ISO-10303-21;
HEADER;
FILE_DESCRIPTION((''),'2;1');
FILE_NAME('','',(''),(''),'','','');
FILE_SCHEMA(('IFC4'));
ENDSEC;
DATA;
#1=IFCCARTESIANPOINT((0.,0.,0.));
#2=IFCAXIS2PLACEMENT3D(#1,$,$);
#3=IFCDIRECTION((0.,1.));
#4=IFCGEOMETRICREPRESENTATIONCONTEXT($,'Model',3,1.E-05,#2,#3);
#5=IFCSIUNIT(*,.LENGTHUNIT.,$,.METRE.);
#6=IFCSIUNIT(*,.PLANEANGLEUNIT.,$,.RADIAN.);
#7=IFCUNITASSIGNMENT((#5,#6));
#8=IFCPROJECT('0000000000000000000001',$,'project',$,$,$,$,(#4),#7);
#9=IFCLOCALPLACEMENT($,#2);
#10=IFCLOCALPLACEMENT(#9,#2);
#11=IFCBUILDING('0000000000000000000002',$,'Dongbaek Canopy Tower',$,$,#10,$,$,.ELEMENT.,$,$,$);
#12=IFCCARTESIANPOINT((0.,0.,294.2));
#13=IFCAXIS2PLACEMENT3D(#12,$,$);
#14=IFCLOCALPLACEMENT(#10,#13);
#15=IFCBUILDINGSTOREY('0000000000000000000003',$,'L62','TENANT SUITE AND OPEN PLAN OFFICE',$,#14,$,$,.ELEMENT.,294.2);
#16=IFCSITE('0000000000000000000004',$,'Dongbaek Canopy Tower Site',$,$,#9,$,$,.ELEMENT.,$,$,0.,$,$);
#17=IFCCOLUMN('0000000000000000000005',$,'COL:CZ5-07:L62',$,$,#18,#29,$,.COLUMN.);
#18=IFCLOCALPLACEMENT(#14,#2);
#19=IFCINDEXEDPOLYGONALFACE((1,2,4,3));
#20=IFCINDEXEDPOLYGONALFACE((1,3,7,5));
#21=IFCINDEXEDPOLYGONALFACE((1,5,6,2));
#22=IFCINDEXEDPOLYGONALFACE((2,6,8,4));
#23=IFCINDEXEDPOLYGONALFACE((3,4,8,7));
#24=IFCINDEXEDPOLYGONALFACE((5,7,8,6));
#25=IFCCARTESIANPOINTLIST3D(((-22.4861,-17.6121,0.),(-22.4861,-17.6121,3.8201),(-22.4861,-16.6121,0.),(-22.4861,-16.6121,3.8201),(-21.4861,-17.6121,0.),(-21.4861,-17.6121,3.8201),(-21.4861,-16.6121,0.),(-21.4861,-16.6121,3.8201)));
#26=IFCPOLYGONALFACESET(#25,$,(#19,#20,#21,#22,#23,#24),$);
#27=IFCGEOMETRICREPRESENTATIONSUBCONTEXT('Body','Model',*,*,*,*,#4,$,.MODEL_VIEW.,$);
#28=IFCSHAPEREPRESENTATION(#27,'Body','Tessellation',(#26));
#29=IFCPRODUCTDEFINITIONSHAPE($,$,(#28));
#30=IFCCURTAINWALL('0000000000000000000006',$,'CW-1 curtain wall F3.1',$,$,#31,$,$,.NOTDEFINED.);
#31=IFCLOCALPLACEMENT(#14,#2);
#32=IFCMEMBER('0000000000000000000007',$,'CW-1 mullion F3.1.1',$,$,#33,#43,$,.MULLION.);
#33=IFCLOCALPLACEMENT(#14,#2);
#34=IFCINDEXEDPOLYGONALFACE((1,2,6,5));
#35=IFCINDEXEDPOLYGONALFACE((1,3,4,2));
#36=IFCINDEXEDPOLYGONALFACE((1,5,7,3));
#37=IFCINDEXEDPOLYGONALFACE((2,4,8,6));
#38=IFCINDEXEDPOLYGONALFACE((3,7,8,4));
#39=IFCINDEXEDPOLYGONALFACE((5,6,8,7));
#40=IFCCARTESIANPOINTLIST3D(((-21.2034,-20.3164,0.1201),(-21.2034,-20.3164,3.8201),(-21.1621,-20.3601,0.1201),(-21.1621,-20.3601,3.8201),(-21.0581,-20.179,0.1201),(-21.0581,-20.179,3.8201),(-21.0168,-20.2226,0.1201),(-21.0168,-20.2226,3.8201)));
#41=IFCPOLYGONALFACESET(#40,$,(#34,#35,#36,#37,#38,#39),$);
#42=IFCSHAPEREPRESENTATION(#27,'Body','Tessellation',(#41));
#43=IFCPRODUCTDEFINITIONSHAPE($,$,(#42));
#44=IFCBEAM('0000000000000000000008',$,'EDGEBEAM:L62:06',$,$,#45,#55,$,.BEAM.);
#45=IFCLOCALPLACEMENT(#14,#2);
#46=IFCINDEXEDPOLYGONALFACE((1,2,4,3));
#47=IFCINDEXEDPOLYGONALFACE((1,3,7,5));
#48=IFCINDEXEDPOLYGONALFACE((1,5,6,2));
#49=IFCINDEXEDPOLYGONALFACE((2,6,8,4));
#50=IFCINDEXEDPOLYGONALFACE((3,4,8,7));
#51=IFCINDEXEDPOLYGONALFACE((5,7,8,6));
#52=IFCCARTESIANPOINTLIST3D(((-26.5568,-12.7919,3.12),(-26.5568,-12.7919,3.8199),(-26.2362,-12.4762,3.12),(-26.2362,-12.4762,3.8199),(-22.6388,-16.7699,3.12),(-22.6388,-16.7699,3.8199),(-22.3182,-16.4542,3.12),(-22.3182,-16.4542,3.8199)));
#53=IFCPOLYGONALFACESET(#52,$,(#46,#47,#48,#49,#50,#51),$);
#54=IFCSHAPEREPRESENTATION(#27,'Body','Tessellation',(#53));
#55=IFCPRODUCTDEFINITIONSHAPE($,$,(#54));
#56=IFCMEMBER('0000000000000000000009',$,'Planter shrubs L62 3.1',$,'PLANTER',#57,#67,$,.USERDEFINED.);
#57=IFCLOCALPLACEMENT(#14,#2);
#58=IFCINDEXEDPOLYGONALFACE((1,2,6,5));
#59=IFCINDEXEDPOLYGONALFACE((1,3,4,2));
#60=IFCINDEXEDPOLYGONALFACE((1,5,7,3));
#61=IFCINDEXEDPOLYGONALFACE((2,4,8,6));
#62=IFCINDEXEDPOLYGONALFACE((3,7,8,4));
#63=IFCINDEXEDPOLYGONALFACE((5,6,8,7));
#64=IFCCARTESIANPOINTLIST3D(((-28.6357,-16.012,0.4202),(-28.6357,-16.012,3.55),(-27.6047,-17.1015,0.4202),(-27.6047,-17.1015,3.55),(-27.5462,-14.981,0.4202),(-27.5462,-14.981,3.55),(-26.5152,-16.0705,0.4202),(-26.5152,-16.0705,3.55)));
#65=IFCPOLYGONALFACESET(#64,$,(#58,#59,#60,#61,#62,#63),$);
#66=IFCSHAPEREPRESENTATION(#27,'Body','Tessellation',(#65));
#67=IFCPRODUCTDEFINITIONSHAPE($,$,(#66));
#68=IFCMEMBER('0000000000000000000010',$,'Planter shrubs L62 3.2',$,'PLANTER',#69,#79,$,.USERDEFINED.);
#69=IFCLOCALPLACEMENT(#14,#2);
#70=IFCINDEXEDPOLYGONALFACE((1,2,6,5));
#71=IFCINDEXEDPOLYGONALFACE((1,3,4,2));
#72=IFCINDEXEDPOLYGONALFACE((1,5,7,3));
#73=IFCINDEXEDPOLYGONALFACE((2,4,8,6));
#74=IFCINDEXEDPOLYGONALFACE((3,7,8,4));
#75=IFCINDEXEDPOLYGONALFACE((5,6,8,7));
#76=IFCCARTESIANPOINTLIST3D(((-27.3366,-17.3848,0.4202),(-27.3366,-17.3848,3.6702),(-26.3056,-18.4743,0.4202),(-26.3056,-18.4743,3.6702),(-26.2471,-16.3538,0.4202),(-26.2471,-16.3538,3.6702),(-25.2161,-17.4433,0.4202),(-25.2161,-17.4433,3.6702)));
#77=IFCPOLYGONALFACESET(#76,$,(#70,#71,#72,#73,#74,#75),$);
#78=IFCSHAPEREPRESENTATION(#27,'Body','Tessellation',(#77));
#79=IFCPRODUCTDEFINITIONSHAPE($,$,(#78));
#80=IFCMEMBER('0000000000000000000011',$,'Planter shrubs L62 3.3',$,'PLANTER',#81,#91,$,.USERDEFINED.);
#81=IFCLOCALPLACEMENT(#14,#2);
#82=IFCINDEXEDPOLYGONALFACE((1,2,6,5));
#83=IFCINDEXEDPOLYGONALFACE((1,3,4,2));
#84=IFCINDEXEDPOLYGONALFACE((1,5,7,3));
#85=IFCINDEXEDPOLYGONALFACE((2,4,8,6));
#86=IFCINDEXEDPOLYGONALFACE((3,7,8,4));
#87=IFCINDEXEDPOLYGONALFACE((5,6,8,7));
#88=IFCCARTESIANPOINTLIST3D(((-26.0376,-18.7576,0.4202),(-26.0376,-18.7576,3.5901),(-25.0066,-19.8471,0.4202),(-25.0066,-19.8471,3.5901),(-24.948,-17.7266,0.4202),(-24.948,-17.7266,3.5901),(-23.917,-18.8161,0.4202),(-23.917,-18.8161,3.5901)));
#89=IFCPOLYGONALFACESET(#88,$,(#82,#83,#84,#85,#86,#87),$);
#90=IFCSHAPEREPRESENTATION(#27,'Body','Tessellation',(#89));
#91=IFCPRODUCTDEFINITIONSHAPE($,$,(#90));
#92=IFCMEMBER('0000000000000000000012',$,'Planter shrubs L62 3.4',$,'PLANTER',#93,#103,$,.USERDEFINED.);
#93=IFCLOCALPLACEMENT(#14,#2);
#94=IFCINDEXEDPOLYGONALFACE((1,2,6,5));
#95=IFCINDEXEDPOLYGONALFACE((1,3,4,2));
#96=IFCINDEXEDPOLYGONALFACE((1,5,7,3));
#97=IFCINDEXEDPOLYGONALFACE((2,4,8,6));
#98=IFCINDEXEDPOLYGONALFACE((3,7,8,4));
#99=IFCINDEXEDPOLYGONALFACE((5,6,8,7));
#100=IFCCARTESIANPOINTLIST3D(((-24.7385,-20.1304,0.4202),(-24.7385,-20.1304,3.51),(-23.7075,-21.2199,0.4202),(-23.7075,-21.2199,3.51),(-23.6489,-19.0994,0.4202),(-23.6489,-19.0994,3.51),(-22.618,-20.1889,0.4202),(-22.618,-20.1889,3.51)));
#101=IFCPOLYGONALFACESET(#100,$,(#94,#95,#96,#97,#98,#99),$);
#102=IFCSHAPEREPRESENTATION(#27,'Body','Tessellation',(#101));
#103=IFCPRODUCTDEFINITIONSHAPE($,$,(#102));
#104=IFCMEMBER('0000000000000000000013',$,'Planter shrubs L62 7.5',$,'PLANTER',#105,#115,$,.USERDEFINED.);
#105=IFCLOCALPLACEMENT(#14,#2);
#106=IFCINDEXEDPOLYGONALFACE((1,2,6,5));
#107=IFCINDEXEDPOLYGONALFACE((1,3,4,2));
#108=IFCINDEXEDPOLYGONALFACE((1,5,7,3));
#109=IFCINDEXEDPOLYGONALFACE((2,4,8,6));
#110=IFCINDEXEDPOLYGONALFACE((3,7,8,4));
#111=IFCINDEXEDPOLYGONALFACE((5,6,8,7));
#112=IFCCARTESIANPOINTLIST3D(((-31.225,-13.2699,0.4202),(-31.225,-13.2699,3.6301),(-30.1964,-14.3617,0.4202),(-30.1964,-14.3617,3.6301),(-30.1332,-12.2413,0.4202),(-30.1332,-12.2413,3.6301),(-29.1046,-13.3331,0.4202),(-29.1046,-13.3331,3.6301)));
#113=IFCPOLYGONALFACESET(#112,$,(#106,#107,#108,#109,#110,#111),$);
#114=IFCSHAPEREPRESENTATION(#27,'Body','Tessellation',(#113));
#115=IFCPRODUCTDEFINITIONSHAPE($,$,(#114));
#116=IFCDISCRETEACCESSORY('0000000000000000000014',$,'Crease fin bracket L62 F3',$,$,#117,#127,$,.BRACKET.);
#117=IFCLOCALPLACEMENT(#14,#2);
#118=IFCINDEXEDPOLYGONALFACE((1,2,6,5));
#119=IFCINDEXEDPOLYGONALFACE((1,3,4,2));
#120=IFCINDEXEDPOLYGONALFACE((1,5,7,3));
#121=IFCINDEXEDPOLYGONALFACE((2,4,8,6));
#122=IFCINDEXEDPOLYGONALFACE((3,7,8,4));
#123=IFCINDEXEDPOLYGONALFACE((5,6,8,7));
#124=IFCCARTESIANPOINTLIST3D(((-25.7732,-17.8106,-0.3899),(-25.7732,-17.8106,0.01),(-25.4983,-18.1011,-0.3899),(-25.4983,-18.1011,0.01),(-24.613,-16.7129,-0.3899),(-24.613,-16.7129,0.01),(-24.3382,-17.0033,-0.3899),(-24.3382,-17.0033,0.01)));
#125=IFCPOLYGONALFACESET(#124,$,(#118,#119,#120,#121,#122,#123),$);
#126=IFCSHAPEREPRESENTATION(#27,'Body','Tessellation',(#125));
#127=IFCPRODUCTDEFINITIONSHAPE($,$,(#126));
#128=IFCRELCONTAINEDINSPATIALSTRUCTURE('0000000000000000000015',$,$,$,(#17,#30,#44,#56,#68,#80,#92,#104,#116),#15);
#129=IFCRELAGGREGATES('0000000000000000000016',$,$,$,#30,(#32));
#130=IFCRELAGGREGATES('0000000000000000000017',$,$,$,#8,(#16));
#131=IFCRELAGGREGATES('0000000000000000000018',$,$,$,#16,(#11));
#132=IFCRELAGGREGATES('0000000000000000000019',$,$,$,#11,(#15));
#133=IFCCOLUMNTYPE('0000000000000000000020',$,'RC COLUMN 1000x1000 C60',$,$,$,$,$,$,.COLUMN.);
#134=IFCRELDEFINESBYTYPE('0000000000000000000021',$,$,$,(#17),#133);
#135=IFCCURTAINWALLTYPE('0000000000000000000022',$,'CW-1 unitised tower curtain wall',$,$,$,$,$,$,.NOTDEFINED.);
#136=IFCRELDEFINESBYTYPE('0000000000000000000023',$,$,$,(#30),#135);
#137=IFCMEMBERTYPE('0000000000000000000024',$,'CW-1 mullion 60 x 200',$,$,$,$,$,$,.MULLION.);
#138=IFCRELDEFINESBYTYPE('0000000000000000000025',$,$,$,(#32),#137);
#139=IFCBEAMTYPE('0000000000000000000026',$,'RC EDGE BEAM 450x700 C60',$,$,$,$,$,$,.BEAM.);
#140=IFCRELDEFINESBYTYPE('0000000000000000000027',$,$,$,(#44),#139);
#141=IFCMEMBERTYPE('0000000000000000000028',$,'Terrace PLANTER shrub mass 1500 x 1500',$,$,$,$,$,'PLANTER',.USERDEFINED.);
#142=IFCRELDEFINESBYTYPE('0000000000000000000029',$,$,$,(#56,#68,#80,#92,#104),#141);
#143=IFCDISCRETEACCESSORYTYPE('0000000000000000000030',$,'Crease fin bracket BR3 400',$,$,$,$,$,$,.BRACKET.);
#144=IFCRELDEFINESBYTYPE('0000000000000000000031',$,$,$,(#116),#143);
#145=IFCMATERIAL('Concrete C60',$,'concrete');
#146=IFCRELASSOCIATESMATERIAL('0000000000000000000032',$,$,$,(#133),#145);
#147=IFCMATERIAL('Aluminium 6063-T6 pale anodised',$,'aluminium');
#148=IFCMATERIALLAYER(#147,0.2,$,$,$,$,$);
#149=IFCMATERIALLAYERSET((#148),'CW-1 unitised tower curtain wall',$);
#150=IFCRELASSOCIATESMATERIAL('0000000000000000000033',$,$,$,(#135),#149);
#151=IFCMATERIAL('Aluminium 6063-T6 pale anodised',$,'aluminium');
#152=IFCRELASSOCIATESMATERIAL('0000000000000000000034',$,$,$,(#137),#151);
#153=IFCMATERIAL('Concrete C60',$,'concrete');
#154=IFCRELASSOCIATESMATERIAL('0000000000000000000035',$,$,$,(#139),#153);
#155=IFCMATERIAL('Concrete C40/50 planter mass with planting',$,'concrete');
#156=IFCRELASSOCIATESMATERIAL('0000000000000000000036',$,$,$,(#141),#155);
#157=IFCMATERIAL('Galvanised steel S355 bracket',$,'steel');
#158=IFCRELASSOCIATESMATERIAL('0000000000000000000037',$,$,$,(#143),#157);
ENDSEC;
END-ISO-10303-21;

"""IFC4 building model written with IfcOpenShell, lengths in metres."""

from ifc_helpers import new_model, si_unit, direction, frame, origin, origin_2d, place, context, subcontext, project, spatial, rectangle, extrude, material, layer, layer_set, material_profile, profile_set, type_object, element, aggregate, save


model = new_model("IFC4")

# Units and contexts
model_context = context("Model", 3, precision=1e-05, world=origin(), true_north=direction((0.0, 1.0)))
body_context = subcontext(model_context, "Body", "Model", "MODEL_VIEW")
ifc_project = project(units=[si_unit("LENGTHUNIT", "METRE"), si_unit("PLANEANGLEUNIT", "RADIAN")], contexts=[model_context])

# Site, building, storey
site_placement = place(None, origin())
site = spatial("IfcSite", under=ifc_project, at=site_placement, Name="Dongbaek Canopy Tower Site", CompositionType="ELEMENT", RefElevation=0.0)
building_placement = place(site_placement, origin())
building = spatial("IfcBuilding", under=site, at=building_placement, Name="Dongbaek Canopy Tower", CompositionType="ELEMENT")
storey_placement = place(building_placement, frame((0.0, 0.0, 294.2)))
storey = spatial("IfcBuildingStorey", under=building, at=storey_placement, Name="L62", Description="TENANT SUITE AND OPEN PLAN OFFICE", CompositionType="ELEMENT", Elevation=294.2)

# Column
ifc_material_1 = material(Name="Concrete C60", Category="concrete")
ifc_material_profile_1 = material_profile(ifc_material_1, rectangle(XDim=1.0, YDim=1.0, at=origin_2d()), Name="RC COLUMN 1000x1000 C60")
ifc_profile_set_1 = profile_set([ifc_material_profile_1], Name="Concrete C60")
column_type = type_object("IfcColumnType", Name="RC COLUMN 1000x1000 C60", PredefinedType="COLUMN", material=ifc_profile_set_1)
column_placement = place(storey_placement, frame((-21.9861, -17.1121, 0.0), z_axis=(0.0, 0.0, 1.0), x_axis=(1.0, 0.0, 0.0)))
element("IfcColumn", 1, at=column_placement, inside=storey, type_object=column_type, Name="COL:CZ5-07:L62", PredefinedType="COLUMN", context=body_context, shape_type="SweptSolid", body=[
    extrude(rectangle(XDim=1.0, YDim=1.0, at=origin_2d()), origin(), (0.0, 0.0, 1.0), 3.8201),
])

# Curtain wall, member
ifc_material_2 = material(Name="Aluminium 6063-T6 pale anodised", Category="aluminium")
ifc_layer_1 = layer(ifc_material_2, 0.2)
ifc_layer_set_1 = layer_set([ifc_layer_1], Name="CW-1 unitised tower curtain wall")
curtain_wall_type = type_object("IfcCurtainWallType", Name="CW-1 unitised tower curtain wall", PredefinedType="NOTDEFINED", material=ifc_layer_set_1)
curtain_wall_placement = place(storey_placement, origin())
curtain_wall = element("IfcCurtainWall", 2, at=curtain_wall_placement, inside=storey, type_object=curtain_wall_type, Name="CW-1 curtain wall F3.1", PredefinedType="NOTDEFINED")
ifc_material_3 = material(Name="Aluminium 6063-T6 pale anodised", Category="aluminium")
ifc_material_profile_2 = material_profile(ifc_material_3, rectangle(XDim=0.2, YDim=0.0601, at=origin_2d()), Name="CW-1 mullion 60 x 200")
ifc_profile_set_2 = profile_set([ifc_material_profile_2], Name="Aluminium 6063-T6 pale anodised")
member_type_1 = type_object("IfcMemberType", Name="CW-1 mullion 60 x 200", PredefinedType="MULLION", material=ifc_profile_set_2)
member_1_placement = place(storey_placement, frame((-21.1101, -20.2695, 0.1201), z_axis=(0.0, 0.0, 1.0), x_axis=(-0.726355, -0.68732, 0.0)))
member_1 = element("IfcMember", 3, at=member_1_placement, type_object=member_type_1, Name="CW-1 mullion F3.1.1", PredefinedType="MULLION", context=body_context, shape_type="SweptSolid", body=[
    extrude(rectangle(XDim=0.2, YDim=0.0601, at=origin_2d()), origin(), (0.0, 0.0, 1.0), 3.7),
])
aggregate(curtain_wall, [member_1])

# Beam
ifc_material_4 = material(Name="Concrete C60", Category="concrete")
ifc_material_profile_3 = material_profile(ifc_material_4, rectangle(XDim=0.45, YDim=0.7, at=origin_2d()), Name="RC EDGE BEAM 450x700 C60")
ifc_profile_set_3 = profile_set([ifc_material_profile_3], Name="Concrete C60")
beam_type = type_object("IfcBeamType", Name="RC EDGE BEAM 450x700 C60", PredefinedType="BEAM", material=ifc_profile_set_3)
beam_placement = place(storey_placement, frame((-22.4785, -16.6121, 3.47), z_axis=(-0.701708, 0.712465, 0.0), x_axis=(-0.712465, -0.701708, 0.0)))
element("IfcBeam", 4, at=beam_placement, inside=storey, type_object=beam_type, Name="EDGEBEAM:L62:06", PredefinedType="BEAM", context=body_context, shape_type="SweptSolid", body=[
    extrude(rectangle(XDim=0.45, YDim=0.7, at=origin_2d()), origin(), (0.0, 0.0, 1.0), 5.5835),
])

# Members
ifc_material_5 = material(Name="Concrete C40/50 planter mass with planting", Category="concrete")
ifc_material_profile_4 = material_profile(ifc_material_5, rectangle(XDim=1.5, YDim=1.5, at=origin_2d()), Name="Terrace PLANTER shrub mass 1500 x 1500")
ifc_profile_set_4 = profile_set([ifc_material_profile_4], Name="Concrete C40/50 planter mass with planting")
member_type_2 = type_object("IfcMemberType", Name="Terrace PLANTER shrub mass 1500 x 1500", ElementType="PLANTER", PredefinedType="USERDEFINED", material=ifc_profile_set_4)
member_2_placement = place(storey_placement, frame((-27.5754, -16.0413, 0.4202), z_axis=(0.0, 0.0, 1.0), x_axis=(-0.726355, -0.68732, 0.0)))
element("IfcMember", 5, at=member_2_placement, inside=storey, type_object=member_type_2, Name="Planter shrubs L62 3.1", ObjectType="PLANTER", PredefinedType="USERDEFINED", context=body_context, shape_type="SweptSolid", body=[
    extrude(rectangle(XDim=1.5, YDim=1.5, at=origin_2d()), origin(), (0.0, 0.0, 1.0), 3.1299),
])
member_3_placement = place(storey_placement, frame((-26.2764, -17.4141, 0.4202), z_axis=(0.0, 0.0, 1.0), x_axis=(-0.726355, -0.68732, 0.0)))
element("IfcMember", 6, at=member_3_placement, inside=storey, type_object=member_type_2, Name="Planter shrubs L62 3.2", ObjectType="PLANTER", PredefinedType="USERDEFINED", context=body_context, shape_type="SweptSolid", body=[
    extrude(rectangle(XDim=1.5, YDim=1.5, at=origin_2d()), origin(), (0.0, 0.0, 1.0), 3.25),
])
member_4_placement = place(storey_placement, frame((-24.9773, -18.7869, 0.4202), z_axis=(0.0, 0.0, 1.0), x_axis=(-0.726355, -0.68732, 0.0)))
element("IfcMember", 7, at=member_4_placement, inside=storey, type_object=member_type_2, Name="Planter shrubs L62 3.3", ObjectType="PLANTER", PredefinedType="USERDEFINED", context=body_context, shape_type="SweptSolid", body=[
    extrude(rectangle(XDim=1.5, YDim=1.5, at=origin_2d()), origin(), (0.0, 0.0, 1.0), 3.1699),
])
member_5_placement = place(storey_placement, frame((-23.6782, -20.1597, 0.4202), z_axis=(0.0, 0.0, 1.0), x_axis=(-0.726355, -0.68732, 0.0)))
element("IfcMember", 8, at=member_5_placement, inside=storey, type_object=member_type_2, Name="Planter shrubs L62 3.4", ObjectType="PLANTER", PredefinedType="USERDEFINED", context=body_context, shape_type="SweptSolid", body=[
    extrude(rectangle(XDim=1.5, YDim=1.5, at=origin_2d()), origin(), (0.0, 0.0, 1.0), 3.0898),
])
member_6_placement = place(storey_placement, frame((-30.1648, -13.3015, 0.4202), z_axis=(0.0, 0.0, 1.0), x_axis=(-0.727845, -0.685742, 0.0)))
element("IfcMember", 9, at=member_6_placement, inside=storey, type_object=member_type_2, Name="Planter shrubs L62 7.5", ObjectType="PLANTER", PredefinedType="USERDEFINED", context=body_context, shape_type="SweptSolid", body=[
    extrude(rectangle(XDim=1.5, YDim=1.5, at=origin_2d()), origin(), (0.0, 0.0, 1.0), 3.21),
])

# Discrete accessory
ifc_material_6 = material(Name="Galvanised steel S355 bracket", Category="steel")
discrete_accessory_type = type_object("IfcDiscreteAccessoryType", Name="Crease fin bracket BR3 400", PredefinedType="BRACKET", material=ifc_material_6)
discrete_accessory_placement = place(storey_placement, frame((-25.0557, -17.407, -0.3899), z_axis=(0.0, 0.0, 1.0), x_axis=(-0.726355, -0.68732, 0.0)))
element("IfcDiscreteAccessory", 10, at=discrete_accessory_placement, inside=storey, type_object=discrete_accessory_type, Name="Crease fin bracket L62 F3", PredefinedType="BRACKET", context=body_context, shape_type="SweptSolid", body=[
    extrude(rectangle(XDim=1.5972, YDim=0.3999, at=origin_2d()), origin(), (0.0, 0.0, 1.0), 0.3999),
])

save(model, "model.ifc")
